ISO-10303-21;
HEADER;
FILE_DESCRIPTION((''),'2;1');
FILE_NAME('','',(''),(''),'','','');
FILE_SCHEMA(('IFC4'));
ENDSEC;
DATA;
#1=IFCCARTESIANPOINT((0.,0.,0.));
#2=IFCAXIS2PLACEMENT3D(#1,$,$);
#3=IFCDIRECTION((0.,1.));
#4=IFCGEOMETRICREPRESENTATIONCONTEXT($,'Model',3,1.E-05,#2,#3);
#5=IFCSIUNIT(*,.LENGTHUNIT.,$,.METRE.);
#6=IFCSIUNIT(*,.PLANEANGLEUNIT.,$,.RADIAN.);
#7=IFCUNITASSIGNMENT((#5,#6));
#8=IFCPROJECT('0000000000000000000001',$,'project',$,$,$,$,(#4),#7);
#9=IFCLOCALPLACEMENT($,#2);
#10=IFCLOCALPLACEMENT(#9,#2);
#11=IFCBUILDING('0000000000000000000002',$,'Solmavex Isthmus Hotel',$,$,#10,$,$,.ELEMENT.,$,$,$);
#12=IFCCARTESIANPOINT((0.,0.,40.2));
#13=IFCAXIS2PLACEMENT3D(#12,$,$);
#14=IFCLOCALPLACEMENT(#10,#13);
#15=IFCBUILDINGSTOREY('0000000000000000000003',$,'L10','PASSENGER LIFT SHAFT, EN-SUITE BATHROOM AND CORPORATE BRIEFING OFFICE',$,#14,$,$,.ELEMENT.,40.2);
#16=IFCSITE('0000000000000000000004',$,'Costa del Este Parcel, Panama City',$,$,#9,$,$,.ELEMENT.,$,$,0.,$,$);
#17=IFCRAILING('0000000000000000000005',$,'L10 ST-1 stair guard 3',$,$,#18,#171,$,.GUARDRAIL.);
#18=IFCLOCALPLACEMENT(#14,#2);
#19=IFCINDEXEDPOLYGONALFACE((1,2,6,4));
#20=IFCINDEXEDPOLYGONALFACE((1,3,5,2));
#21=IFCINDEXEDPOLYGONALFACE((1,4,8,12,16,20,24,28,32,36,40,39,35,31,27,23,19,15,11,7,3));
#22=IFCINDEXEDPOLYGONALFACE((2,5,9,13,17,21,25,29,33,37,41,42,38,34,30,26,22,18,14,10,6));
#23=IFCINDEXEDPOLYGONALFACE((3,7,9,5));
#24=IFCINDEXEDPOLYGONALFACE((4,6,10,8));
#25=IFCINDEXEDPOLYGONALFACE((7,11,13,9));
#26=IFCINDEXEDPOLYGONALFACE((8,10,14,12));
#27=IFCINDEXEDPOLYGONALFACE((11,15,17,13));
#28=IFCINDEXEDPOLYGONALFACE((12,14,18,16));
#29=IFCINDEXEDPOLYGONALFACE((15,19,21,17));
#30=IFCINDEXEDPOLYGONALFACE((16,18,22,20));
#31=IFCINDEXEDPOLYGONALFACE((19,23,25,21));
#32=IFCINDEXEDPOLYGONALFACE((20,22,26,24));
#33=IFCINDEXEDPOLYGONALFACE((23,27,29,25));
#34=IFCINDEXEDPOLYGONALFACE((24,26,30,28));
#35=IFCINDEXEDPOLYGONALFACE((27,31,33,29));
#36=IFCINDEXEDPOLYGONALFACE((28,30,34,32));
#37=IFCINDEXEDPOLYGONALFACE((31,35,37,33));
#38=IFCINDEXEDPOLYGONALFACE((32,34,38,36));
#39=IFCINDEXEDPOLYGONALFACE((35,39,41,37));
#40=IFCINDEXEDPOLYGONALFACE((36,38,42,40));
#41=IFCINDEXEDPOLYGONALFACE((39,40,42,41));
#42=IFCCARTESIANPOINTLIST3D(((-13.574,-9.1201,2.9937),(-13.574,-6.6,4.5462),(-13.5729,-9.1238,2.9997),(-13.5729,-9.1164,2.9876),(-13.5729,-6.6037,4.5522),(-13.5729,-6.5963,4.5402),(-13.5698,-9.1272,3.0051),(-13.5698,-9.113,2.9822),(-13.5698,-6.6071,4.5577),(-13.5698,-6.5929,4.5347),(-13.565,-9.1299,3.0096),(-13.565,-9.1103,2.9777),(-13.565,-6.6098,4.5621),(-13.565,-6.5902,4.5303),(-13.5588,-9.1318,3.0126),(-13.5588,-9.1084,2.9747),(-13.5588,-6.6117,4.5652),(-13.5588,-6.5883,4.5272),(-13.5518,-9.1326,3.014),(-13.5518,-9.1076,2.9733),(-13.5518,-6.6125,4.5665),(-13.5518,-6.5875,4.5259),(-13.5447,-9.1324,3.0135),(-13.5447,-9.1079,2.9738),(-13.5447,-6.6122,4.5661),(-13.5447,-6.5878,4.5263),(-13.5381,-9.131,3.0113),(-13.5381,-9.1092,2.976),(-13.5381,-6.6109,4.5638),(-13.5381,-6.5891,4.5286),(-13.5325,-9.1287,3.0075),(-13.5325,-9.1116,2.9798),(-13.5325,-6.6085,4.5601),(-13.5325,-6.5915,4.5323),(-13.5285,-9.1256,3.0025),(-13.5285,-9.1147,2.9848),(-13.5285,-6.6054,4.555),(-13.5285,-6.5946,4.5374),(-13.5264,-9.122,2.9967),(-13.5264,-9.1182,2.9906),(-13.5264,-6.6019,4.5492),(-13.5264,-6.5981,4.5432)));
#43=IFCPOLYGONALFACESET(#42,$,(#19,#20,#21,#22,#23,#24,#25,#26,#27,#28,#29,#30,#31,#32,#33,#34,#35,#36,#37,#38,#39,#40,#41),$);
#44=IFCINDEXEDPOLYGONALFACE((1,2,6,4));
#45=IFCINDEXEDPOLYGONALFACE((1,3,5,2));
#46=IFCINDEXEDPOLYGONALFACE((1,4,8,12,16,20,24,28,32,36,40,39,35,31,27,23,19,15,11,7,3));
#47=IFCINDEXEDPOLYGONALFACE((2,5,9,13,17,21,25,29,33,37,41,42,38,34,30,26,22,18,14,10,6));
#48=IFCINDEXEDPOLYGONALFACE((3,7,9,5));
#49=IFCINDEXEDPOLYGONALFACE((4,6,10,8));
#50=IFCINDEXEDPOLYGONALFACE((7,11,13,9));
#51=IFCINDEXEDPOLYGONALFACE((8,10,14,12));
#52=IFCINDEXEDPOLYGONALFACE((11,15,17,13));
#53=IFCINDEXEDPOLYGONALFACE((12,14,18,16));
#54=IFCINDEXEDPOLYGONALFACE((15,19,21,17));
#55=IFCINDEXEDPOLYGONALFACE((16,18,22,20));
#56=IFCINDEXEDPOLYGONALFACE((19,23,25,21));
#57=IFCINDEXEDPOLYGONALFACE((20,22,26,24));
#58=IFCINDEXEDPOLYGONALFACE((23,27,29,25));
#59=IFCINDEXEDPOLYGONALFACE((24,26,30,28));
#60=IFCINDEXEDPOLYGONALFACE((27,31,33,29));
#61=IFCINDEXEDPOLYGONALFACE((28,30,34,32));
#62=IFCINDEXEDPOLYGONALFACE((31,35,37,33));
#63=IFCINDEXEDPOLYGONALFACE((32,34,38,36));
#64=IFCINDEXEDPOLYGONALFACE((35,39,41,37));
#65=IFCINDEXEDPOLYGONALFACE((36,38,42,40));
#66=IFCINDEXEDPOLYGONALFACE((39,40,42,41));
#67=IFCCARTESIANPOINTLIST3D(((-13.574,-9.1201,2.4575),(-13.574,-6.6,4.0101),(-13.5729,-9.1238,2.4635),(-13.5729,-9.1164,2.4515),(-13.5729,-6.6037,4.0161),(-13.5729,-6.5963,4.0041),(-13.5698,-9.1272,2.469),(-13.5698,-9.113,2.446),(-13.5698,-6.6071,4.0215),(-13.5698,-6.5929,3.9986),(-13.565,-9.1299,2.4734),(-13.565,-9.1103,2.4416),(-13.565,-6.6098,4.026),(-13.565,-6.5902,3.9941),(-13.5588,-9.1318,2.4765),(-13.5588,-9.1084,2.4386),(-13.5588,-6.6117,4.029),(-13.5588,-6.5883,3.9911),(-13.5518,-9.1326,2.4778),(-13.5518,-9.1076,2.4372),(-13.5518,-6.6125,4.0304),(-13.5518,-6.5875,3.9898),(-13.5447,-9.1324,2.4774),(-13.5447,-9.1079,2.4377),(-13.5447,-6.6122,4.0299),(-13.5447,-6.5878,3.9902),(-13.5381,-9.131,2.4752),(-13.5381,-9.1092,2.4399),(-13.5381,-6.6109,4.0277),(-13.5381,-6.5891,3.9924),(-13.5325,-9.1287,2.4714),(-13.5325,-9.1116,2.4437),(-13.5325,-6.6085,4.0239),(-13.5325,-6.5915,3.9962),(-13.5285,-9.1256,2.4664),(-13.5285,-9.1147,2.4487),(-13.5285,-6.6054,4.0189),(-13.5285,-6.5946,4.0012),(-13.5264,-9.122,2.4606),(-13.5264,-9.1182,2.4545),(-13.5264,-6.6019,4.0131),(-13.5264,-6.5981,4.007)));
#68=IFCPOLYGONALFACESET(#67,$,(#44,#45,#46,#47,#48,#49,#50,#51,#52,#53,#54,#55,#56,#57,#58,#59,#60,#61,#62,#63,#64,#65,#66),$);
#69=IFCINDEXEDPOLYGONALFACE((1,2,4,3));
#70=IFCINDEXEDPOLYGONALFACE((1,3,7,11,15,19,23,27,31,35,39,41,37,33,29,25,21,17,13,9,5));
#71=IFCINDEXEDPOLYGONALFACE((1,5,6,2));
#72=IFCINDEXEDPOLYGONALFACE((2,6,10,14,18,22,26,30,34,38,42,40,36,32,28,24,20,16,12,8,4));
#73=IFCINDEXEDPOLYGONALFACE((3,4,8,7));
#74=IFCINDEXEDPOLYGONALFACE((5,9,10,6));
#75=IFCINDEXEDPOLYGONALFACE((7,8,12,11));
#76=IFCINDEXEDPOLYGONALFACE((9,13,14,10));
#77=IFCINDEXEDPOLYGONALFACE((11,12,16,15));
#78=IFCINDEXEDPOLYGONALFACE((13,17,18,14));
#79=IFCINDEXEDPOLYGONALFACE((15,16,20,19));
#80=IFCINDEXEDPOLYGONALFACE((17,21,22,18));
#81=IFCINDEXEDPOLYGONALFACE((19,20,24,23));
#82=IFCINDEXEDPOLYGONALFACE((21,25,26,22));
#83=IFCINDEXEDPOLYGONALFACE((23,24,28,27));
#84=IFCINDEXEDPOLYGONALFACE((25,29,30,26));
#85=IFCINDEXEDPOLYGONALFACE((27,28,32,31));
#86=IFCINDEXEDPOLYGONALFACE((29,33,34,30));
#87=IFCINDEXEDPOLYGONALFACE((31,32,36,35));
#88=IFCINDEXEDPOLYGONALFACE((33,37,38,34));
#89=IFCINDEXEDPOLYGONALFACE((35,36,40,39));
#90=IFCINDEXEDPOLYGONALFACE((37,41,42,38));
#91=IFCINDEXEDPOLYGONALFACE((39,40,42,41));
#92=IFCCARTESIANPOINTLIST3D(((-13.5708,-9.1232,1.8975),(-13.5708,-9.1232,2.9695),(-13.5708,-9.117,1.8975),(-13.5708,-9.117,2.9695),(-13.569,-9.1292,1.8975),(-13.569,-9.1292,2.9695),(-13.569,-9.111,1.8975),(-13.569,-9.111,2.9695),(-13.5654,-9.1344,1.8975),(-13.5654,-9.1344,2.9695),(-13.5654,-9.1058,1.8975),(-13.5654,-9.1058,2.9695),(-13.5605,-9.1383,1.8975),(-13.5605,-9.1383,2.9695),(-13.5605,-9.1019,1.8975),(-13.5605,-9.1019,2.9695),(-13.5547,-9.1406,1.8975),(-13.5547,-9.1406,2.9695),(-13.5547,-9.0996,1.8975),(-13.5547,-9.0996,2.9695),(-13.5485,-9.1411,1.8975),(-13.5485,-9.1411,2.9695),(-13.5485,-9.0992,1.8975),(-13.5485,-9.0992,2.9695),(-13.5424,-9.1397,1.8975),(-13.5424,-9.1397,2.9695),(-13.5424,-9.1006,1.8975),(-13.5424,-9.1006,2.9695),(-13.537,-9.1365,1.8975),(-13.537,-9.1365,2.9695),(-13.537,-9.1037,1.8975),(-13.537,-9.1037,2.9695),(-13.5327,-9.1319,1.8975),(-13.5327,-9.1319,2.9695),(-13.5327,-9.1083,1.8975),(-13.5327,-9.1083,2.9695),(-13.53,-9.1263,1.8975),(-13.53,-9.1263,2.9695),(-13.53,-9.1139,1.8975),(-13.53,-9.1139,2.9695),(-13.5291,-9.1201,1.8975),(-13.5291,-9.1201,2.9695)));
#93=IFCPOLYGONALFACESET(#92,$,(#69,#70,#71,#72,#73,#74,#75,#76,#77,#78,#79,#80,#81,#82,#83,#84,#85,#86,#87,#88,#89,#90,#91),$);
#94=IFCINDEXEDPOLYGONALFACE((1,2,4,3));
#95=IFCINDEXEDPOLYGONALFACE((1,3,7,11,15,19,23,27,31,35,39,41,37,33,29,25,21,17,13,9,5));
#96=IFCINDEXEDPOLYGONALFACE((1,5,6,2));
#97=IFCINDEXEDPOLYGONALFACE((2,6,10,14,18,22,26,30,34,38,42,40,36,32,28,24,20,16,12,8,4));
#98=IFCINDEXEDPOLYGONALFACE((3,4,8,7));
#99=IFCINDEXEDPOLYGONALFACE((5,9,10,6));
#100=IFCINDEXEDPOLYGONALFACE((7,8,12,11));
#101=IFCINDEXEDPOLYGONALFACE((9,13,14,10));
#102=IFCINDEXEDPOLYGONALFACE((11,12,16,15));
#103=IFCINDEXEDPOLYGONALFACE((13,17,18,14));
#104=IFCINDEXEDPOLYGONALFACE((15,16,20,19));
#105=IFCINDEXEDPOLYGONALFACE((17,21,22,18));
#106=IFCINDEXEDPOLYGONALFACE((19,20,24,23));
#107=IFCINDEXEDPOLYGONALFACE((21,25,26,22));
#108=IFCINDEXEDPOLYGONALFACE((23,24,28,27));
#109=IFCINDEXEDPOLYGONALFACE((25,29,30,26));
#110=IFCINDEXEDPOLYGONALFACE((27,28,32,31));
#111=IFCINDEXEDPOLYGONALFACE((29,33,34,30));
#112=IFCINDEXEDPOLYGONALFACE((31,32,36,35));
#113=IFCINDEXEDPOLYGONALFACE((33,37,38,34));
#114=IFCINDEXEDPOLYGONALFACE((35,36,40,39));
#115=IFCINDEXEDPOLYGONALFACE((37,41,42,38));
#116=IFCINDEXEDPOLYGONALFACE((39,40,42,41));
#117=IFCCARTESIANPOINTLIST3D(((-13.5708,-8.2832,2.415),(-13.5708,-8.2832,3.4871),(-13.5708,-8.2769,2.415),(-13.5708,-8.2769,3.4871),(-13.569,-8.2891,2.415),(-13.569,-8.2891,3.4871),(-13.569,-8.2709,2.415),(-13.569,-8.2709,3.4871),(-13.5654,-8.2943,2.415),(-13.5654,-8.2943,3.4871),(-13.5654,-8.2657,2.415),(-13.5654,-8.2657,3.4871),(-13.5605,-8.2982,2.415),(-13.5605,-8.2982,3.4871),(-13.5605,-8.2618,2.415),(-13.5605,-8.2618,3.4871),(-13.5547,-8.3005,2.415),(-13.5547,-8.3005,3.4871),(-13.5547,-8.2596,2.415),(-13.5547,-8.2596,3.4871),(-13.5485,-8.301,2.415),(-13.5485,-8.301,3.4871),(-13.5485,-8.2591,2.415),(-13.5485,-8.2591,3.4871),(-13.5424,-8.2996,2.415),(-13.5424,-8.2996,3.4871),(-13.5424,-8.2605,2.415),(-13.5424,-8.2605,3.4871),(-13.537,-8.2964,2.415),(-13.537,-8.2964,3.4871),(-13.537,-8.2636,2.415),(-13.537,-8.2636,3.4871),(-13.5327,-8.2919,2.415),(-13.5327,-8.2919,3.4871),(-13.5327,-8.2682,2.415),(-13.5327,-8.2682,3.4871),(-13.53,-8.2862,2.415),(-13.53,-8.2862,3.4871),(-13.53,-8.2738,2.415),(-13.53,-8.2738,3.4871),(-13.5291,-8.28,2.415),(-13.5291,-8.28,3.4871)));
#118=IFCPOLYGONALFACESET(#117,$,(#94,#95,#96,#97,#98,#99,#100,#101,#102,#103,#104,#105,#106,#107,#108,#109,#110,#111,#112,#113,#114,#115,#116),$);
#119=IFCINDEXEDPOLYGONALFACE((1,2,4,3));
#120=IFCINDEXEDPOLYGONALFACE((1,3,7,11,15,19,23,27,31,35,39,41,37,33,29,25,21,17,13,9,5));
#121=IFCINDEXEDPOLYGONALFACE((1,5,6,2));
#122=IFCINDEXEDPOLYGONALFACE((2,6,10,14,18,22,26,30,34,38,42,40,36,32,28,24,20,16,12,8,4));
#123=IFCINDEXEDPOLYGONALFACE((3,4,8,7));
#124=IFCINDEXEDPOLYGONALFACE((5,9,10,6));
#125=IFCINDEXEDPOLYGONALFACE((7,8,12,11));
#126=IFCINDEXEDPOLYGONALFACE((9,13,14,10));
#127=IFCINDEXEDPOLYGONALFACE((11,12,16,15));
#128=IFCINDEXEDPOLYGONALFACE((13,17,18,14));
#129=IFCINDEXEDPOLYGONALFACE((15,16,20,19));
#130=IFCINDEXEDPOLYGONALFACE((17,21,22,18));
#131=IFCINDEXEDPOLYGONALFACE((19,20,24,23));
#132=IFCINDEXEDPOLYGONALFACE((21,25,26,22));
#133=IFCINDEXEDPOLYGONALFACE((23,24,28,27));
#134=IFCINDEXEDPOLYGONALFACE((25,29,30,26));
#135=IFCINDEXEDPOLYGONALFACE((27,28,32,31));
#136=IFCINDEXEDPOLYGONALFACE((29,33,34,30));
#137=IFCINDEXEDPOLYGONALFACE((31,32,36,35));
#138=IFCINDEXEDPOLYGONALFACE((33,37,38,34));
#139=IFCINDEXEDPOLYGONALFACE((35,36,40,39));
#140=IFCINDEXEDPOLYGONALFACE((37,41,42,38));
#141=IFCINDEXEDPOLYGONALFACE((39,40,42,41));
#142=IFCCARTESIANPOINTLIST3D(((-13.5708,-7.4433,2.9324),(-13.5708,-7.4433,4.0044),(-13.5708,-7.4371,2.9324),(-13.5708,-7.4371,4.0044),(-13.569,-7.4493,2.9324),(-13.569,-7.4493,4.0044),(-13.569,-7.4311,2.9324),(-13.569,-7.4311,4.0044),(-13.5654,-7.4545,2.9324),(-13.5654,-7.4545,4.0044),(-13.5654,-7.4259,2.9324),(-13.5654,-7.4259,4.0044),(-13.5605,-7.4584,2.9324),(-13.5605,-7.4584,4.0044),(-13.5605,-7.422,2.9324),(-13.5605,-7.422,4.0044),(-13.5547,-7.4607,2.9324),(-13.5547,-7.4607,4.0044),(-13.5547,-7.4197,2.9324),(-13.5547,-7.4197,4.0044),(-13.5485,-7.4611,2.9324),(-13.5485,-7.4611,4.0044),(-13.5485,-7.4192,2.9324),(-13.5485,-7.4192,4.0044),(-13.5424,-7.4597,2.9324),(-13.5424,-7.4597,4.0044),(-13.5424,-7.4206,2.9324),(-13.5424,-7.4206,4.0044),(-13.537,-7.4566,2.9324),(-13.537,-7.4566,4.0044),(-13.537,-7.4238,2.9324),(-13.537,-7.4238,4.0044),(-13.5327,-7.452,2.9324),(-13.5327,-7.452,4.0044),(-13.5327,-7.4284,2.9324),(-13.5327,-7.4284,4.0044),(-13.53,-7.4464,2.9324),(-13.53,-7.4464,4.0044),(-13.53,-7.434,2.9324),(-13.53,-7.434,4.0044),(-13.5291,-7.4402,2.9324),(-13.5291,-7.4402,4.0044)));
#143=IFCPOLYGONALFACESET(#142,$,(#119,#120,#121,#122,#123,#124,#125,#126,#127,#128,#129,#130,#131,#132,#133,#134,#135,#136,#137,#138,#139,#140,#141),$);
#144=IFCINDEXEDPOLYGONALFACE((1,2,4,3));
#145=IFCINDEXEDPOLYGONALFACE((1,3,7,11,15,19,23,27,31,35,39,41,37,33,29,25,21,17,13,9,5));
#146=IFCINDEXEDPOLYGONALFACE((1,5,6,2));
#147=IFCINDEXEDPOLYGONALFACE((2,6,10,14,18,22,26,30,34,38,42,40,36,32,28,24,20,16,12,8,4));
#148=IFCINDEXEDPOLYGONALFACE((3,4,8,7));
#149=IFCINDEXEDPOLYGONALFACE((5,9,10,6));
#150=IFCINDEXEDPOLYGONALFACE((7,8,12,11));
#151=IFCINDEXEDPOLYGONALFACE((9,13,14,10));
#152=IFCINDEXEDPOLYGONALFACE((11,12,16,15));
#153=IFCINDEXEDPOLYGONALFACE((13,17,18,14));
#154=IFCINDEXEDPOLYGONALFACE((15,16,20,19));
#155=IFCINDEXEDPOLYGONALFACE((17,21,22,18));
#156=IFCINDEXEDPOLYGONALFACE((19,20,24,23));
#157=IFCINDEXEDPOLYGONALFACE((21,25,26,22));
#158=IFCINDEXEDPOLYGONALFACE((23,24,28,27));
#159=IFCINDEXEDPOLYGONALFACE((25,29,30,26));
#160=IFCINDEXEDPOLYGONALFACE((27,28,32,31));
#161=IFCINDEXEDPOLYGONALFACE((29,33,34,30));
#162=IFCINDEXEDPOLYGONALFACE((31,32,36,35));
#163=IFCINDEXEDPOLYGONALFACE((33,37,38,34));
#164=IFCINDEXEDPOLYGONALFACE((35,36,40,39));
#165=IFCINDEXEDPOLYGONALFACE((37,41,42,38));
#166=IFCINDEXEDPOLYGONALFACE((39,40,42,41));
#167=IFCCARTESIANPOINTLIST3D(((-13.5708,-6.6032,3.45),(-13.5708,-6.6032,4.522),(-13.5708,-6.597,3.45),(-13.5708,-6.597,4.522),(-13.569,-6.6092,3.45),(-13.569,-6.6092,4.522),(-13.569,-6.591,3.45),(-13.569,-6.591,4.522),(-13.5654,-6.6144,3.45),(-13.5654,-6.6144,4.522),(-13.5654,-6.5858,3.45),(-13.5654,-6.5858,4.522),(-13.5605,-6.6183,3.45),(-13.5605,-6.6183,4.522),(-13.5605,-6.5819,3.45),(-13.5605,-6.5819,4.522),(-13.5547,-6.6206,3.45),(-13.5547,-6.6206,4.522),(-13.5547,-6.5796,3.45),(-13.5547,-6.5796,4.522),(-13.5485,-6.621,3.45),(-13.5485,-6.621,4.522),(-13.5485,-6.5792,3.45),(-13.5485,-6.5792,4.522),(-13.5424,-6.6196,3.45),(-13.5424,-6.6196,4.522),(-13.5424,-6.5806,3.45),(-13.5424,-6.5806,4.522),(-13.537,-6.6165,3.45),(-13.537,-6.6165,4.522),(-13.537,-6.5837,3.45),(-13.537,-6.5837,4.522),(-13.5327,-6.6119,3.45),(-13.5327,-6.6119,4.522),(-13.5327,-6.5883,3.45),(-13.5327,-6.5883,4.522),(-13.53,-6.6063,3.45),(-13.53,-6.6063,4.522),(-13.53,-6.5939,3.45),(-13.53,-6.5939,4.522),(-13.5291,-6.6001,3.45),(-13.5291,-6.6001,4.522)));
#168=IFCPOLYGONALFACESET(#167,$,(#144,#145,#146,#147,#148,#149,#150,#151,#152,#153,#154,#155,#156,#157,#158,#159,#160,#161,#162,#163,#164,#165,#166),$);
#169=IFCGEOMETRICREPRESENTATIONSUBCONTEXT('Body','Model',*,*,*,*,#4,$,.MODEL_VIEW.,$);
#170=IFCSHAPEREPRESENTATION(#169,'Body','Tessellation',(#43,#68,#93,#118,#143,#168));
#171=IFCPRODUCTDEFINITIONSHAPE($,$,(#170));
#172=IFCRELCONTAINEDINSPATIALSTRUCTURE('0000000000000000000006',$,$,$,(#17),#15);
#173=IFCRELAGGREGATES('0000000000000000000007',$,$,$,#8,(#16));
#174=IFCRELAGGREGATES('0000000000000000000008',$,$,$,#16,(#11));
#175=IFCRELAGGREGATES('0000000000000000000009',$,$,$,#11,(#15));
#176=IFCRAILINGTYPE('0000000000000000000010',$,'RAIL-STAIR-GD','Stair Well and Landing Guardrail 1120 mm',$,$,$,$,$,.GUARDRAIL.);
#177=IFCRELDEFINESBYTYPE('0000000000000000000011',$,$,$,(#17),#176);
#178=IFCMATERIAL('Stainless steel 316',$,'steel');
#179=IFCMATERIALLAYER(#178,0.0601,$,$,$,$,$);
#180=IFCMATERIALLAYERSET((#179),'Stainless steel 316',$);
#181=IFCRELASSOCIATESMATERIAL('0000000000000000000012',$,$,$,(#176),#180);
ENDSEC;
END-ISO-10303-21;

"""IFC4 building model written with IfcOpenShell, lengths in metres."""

from ifc_helpers import new_model, si_unit, direction, frame, origin, origin_2d, place, context, subcontext, project, spatial, circle, extrude, material, layer, layer_set, type_object, element, save


model = new_model("IFC4")

# Units and contexts
model_context = context("Model", 3, precision=1e-05, world=origin(), true_north=direction((0.0, 1.0)))
body_context = subcontext(model_context, "Body", "Model", "MODEL_VIEW")
ifc_project = project(units=[si_unit("LENGTHUNIT", "METRE"), si_unit("PLANEANGLEUNIT", "RADIAN")], contexts=[model_context])

# Site, building, storey
site_placement = place(None, origin())
site = spatial("IfcSite", under=ifc_project, at=site_placement, Name="Costa del Este Parcel, Panama City", CompositionType="ELEMENT", RefElevation=0.0)
building_placement = place(site_placement, origin())
building = spatial("IfcBuilding", under=site, at=building_placement, Name="Solmavex Isthmus Hotel", CompositionType="ELEMENT")
storey_placement = place(building_placement, frame((0.0, 0.0, 40.2)))
storey = spatial("IfcBuildingStorey", under=building, at=storey_placement, Name="L10", Description="PASSENGER LIFT SHAFT, EN-SUITE BATHROOM AND CORPORATE BRIEFING OFFICE", CompositionType="ELEMENT", Elevation=40.2)

# Shared definitions
ifc_material_1 = material(Name="Stainless steel 316", Category="steel")

# Railing
ifc_layer_1 = layer(ifc_material_1, 0.0601)
ifc_layer_set_1 = layer_set([ifc_layer_1], Name="Stainless steel 316")
railing_type_1 = type_object("IfcRailingType", Name="RAIL-STAIR-GD", Description="Stair Well and Landing Guardrail 1120 mm", PredefinedType="GUARDRAIL", material=ifc_layer_set_1)
railing_1_placement = place(storey_placement, frame((-13.55, -9.1201, 1.8975)))
element("IfcRailing", 1, at=railing_1_placement, inside=storey, type_object=railing_type_1, Name="L10 ST-1 stair guard 3", PredefinedType="GUARDRAIL", context=body_context, shape_type="SweptSolid", body=[
    extrude(circle(Radius=0.0239, at=origin_2d()), frame((0.0, 0.0, 1.0962), z_axis=(0.0, 0.8514, 0.524516), x_axis=(-1.0, 0.0, 0.0)), (0.0, 0.0, 1.0), 2.96),
    extrude(circle(Radius=0.0239, at=origin_2d()), frame((0.0, 0.0, 0.5601), z_axis=(0.0, 0.8514, 0.524516), x_axis=(-1.0, 0.0, 0.0)), (0.0, 0.0, 1.0), 2.96),
    extrude(circle(Radius=0.021, at=origin_2d()), origin(), (0.0, 0.0, 1.0), 1.072),
    extrude(circle(Radius=0.021, at=origin_2d()), frame((0.0, 0.8401, 0.5176)), (0.0, 0.0, 1.0), 1.072),
    extrude(circle(Radius=0.021, at=origin_2d()), frame((0.0, 1.6799, 1.0349)), (0.0, 0.0, 1.0), 1.072),
    extrude(circle(Radius=0.021, at=origin_2d()), frame((0.0, 2.52, 1.5525)), (0.0, 0.0, 1.0), 1.072),
])

save(model, "model.ifc")
